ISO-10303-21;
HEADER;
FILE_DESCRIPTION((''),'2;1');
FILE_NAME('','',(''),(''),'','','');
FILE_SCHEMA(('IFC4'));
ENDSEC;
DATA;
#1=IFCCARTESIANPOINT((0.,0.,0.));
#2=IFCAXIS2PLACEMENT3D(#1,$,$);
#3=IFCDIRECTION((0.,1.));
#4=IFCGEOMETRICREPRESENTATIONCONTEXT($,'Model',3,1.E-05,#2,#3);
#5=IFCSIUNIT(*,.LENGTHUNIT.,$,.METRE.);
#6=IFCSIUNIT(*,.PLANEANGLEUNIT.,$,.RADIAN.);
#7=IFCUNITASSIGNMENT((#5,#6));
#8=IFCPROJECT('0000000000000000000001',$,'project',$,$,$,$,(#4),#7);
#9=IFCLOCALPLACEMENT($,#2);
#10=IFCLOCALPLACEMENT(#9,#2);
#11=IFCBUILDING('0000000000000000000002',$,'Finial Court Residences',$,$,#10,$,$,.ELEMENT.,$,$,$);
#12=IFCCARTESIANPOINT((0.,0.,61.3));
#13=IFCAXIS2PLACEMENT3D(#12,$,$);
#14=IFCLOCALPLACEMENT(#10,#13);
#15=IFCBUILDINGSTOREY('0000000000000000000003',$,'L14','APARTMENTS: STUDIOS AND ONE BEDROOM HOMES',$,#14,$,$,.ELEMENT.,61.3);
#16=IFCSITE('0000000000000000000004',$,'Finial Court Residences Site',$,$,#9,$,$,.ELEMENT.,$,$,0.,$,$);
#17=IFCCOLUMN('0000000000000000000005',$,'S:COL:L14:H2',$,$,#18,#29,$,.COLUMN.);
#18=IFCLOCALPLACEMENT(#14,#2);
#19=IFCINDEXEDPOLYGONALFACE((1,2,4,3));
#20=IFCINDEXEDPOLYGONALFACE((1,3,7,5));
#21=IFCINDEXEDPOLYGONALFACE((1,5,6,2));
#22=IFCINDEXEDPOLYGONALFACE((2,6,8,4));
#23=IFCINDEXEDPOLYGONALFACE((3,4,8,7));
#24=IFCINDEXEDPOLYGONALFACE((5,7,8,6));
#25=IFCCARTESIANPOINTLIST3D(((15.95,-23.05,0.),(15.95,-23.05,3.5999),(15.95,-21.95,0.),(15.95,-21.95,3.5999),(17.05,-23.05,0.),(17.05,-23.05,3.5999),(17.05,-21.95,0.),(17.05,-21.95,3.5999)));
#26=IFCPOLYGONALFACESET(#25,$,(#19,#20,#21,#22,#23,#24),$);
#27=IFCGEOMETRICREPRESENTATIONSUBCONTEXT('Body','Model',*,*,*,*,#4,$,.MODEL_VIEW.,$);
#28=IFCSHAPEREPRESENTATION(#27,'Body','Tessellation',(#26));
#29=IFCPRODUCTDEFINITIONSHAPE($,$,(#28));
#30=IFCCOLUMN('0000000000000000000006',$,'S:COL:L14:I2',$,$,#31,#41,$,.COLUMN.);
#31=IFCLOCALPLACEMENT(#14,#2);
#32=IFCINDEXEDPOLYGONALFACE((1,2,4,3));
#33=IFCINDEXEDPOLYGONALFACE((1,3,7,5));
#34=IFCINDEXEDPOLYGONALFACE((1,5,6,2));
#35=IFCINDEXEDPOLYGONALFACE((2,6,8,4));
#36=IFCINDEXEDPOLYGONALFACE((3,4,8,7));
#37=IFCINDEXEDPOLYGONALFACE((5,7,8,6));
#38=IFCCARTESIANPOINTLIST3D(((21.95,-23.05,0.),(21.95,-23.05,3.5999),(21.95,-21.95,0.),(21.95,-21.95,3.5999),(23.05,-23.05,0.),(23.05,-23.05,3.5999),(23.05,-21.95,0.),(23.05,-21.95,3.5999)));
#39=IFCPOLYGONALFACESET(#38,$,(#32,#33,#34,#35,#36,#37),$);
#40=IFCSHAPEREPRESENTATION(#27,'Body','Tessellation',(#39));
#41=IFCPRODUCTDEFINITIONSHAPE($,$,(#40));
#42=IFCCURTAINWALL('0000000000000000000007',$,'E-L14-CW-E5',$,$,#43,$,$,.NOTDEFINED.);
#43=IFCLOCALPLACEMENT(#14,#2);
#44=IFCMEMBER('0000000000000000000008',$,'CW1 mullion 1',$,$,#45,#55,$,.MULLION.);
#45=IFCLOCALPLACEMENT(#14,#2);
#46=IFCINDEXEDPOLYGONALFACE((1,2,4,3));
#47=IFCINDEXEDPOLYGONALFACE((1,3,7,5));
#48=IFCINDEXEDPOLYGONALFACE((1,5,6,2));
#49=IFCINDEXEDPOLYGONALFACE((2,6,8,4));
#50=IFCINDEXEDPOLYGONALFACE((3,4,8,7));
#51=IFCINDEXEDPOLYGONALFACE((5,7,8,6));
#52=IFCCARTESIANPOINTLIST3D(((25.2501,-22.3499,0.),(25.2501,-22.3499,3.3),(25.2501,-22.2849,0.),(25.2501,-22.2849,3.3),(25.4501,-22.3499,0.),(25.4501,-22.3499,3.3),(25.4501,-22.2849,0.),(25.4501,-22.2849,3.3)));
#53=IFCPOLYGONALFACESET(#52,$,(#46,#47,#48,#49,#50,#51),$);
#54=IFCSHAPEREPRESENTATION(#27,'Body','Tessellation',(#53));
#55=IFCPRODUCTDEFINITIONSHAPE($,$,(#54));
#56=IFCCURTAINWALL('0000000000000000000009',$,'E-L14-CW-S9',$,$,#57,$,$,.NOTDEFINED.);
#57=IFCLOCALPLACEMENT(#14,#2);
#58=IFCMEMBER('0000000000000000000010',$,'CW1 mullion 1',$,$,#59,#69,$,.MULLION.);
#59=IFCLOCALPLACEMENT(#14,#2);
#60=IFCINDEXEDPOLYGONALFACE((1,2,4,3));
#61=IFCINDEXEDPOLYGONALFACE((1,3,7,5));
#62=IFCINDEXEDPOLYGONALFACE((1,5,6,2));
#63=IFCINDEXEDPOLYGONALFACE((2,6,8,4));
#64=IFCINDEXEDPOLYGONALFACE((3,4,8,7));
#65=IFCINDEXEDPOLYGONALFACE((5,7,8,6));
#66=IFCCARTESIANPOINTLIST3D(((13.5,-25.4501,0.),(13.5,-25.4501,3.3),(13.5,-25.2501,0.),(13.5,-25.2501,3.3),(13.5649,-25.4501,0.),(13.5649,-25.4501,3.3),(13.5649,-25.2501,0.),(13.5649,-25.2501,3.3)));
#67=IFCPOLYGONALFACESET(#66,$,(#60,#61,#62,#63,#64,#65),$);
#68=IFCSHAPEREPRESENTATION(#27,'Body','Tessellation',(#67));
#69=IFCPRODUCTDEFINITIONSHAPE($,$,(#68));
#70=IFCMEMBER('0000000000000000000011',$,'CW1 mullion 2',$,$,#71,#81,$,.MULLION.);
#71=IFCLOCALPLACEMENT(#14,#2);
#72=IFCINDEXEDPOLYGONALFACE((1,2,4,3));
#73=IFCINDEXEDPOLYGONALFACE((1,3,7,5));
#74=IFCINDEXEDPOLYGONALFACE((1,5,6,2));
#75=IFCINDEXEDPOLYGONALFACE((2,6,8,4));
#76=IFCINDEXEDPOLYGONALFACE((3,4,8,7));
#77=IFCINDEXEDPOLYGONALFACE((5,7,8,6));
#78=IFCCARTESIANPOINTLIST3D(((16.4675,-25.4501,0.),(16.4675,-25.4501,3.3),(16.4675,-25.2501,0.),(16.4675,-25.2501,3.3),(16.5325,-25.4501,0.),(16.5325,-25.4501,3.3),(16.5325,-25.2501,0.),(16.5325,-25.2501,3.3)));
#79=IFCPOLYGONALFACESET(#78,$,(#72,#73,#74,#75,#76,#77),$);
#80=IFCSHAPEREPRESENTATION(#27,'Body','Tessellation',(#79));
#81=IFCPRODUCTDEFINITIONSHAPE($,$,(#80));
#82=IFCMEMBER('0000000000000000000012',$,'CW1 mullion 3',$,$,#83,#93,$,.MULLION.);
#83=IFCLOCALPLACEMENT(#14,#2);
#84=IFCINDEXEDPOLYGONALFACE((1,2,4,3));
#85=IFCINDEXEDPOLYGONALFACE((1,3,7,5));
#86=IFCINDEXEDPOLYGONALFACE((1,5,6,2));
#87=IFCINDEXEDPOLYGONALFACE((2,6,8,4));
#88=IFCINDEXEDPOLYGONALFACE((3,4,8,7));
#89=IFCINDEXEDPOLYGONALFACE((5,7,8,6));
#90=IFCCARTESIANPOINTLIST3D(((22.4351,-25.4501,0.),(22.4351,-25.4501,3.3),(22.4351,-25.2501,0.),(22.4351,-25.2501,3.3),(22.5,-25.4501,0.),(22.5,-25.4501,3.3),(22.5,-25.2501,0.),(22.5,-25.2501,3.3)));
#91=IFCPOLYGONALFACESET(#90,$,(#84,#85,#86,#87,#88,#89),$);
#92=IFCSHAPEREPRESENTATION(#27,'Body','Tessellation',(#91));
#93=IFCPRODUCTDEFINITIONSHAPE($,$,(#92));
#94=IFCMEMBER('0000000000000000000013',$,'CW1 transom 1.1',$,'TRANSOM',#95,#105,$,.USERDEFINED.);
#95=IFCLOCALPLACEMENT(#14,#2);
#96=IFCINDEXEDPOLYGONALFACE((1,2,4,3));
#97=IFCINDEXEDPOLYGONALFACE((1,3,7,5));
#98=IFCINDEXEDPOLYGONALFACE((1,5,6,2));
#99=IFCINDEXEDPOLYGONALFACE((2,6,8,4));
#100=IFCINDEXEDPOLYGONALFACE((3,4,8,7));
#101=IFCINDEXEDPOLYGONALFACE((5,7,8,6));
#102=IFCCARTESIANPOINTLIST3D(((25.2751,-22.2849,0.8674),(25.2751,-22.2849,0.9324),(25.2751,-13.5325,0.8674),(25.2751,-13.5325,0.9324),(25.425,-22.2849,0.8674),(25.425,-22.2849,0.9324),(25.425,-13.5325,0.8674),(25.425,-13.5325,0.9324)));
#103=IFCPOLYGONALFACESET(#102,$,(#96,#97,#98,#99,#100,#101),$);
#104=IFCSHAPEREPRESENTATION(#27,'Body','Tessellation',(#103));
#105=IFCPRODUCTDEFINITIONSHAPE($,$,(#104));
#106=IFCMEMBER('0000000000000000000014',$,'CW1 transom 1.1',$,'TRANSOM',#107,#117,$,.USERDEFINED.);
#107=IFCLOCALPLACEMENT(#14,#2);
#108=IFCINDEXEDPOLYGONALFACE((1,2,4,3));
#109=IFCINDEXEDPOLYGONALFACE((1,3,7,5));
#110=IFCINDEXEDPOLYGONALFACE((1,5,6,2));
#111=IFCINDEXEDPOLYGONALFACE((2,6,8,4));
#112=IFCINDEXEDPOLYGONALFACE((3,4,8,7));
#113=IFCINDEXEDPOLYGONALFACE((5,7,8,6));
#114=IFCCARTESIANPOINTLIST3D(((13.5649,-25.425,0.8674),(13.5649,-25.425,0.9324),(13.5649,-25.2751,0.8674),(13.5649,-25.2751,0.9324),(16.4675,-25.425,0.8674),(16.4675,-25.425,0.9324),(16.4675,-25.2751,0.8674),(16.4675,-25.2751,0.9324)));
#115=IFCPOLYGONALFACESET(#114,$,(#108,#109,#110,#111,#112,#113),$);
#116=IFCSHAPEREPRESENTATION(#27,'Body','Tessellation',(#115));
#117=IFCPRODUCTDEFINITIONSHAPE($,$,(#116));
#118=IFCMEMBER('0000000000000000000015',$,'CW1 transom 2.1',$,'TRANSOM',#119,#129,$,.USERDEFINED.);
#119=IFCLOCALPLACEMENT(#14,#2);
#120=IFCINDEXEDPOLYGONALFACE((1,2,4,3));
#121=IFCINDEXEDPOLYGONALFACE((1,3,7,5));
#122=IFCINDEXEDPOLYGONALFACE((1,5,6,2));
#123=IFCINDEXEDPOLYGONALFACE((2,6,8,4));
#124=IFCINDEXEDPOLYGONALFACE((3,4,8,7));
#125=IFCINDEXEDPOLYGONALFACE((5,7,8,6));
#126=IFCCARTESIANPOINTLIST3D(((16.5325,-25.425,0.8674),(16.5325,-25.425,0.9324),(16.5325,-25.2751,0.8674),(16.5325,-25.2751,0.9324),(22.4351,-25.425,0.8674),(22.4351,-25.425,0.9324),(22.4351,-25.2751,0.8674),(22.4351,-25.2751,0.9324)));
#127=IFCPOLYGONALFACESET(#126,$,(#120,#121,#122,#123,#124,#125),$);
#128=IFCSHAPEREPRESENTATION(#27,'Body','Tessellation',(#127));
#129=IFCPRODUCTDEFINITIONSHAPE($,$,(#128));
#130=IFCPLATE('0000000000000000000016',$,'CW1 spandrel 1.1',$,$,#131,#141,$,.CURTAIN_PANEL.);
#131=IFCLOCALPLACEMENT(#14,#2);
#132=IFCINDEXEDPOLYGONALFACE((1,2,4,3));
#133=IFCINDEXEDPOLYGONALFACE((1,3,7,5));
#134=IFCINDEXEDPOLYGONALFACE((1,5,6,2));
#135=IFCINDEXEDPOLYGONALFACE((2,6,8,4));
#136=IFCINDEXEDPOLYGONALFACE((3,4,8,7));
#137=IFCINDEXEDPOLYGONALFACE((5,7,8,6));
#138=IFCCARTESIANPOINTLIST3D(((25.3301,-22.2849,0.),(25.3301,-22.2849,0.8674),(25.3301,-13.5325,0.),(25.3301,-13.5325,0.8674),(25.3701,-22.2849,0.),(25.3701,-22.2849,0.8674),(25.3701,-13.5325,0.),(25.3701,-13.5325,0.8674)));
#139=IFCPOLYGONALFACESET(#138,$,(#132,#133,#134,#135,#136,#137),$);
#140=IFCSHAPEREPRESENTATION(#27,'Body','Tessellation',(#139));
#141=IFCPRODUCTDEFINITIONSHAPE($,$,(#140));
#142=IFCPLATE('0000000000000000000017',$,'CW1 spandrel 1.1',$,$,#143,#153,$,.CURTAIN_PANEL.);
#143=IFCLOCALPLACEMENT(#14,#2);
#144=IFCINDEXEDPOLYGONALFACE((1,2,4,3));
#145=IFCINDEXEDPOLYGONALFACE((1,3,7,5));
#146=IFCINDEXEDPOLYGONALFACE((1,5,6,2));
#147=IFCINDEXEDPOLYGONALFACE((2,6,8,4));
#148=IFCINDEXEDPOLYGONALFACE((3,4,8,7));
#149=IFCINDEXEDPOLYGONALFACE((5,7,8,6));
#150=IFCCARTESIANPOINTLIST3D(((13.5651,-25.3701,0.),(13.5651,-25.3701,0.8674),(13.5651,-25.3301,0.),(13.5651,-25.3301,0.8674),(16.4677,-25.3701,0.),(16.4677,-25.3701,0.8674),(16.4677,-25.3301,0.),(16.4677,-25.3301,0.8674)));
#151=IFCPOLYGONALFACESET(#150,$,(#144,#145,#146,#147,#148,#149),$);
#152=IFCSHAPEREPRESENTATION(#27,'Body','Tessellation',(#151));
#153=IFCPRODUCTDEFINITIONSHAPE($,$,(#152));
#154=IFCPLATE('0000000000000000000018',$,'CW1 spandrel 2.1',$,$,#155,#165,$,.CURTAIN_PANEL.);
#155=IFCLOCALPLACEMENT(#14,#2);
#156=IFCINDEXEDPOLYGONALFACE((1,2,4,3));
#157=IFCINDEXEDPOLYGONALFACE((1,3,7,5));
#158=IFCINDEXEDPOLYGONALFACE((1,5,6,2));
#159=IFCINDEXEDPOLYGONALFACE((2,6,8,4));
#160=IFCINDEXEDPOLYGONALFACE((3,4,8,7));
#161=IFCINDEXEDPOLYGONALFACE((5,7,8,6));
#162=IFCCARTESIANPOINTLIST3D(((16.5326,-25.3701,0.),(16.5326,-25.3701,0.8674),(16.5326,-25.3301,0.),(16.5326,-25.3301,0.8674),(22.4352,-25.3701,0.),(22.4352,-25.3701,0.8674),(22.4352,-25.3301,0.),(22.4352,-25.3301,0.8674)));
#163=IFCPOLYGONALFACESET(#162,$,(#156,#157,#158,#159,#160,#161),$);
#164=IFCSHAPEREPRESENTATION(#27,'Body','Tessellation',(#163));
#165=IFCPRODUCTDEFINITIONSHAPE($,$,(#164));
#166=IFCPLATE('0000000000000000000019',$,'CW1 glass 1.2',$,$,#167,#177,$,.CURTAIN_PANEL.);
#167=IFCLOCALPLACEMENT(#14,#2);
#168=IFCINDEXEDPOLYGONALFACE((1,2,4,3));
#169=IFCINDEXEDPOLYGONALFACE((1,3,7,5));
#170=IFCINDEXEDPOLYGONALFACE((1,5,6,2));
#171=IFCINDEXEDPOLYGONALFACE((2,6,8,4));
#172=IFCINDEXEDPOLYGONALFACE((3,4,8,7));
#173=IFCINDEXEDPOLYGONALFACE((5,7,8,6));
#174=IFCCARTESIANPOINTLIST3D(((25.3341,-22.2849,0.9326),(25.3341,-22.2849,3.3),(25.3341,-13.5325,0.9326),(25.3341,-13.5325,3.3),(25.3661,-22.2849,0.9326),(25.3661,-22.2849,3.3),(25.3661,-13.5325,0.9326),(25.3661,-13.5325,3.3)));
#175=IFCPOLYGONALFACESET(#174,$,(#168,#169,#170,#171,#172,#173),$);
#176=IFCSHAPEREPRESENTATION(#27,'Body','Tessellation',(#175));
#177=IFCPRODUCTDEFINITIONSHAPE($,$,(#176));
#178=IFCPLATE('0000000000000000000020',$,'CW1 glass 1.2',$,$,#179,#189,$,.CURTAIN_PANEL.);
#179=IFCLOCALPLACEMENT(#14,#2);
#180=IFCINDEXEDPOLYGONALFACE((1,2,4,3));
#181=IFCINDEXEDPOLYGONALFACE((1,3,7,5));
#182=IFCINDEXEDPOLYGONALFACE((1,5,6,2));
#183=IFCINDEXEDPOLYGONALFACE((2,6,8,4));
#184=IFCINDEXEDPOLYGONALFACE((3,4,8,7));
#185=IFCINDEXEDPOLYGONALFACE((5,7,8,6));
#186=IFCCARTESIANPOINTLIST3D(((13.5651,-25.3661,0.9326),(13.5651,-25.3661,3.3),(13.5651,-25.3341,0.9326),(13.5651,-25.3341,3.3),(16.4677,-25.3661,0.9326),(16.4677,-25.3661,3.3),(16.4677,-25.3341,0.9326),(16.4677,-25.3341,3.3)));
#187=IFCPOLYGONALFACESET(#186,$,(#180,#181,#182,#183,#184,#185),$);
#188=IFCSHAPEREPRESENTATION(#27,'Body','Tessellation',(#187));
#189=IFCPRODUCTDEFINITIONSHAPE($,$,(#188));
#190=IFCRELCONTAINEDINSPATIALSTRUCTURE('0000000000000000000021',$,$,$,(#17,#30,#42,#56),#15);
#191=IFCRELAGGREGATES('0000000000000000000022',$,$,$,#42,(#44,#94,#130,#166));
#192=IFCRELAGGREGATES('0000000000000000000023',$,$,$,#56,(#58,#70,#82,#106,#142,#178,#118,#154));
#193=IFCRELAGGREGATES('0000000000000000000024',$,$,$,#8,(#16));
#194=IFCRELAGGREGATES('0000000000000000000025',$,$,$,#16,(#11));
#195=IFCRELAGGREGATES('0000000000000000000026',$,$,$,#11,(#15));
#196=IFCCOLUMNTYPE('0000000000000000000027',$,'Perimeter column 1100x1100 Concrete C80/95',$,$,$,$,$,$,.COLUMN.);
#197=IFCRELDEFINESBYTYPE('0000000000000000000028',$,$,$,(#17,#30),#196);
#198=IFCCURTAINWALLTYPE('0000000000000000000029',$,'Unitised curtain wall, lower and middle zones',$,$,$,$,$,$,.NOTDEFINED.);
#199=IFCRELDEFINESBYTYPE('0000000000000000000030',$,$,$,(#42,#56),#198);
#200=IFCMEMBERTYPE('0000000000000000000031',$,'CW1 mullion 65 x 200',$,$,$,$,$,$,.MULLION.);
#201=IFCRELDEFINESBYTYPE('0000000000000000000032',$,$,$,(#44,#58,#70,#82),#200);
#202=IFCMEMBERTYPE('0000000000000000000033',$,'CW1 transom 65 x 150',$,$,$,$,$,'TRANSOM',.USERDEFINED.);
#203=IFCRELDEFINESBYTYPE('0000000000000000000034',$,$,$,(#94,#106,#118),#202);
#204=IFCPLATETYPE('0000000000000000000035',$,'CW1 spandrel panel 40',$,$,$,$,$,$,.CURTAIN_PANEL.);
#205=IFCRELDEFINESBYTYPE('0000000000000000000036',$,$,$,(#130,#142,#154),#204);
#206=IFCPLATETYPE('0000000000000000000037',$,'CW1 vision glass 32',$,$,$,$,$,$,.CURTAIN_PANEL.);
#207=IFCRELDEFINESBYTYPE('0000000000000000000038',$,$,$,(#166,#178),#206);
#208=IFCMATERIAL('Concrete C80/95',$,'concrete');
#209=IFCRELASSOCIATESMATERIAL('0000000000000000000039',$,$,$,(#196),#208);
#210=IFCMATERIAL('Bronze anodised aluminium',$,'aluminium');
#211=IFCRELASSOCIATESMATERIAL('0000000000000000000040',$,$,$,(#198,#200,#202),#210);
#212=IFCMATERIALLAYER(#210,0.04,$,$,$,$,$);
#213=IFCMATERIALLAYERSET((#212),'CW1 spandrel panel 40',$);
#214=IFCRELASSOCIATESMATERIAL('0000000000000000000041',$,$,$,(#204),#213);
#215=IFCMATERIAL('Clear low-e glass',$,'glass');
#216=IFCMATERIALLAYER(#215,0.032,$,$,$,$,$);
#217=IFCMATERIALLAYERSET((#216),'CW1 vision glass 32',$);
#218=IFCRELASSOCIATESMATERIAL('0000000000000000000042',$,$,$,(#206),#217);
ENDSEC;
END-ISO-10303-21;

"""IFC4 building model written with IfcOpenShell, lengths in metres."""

from ifc_helpers import new_model, si_unit, direction, frame, origin, origin_2d, place, context, subcontext, project, spatial, rectangle, extrude, material, layer, layer_set, material_profile, profile_set, type_object, element, aggregate, save


model = new_model("IFC4")

# Units and contexts
model_context = context("Model", 3, precision=1e-05, world=origin(), true_north=direction((0.0, 1.0)))
body_context = subcontext(model_context, "Body", "Model", "MODEL_VIEW")
ifc_project = project(units=[si_unit("LENGTHUNIT", "METRE"), si_unit("PLANEANGLEUNIT", "RADIAN")], contexts=[model_context])

# Site, building, storey
site_placement = place(None, origin())
site = spatial("IfcSite", under=ifc_project, at=site_placement, Name="Finial Court Residences Site", CompositionType="ELEMENT", RefElevation=0.0)
building_placement = place(site_placement, origin())
building = spatial("IfcBuilding", under=site, at=building_placement, Name="Finial Court Residences", CompositionType="ELEMENT")
storey_placement = place(building_placement, frame((0.0, 0.0, 61.3)))
storey = spatial("IfcBuildingStorey", under=building, at=storey_placement, Name="L14", Description="APARTMENTS: STUDIOS AND ONE BEDROOM HOMES", CompositionType="ELEMENT", Elevation=61.3)

# Columns
ifc_material_1 = material(Name="Concrete C80/95", Category="concrete")
ifc_material_profile_1 = material_profile(ifc_material_1, rectangle(XDim=1.1001, YDim=1.1001, at=origin_2d()), Name="1100x1100")
ifc_profile_set_1 = profile_set([ifc_material_profile_1], Name="Concrete C80/95")
column_type = type_object("IfcColumnType", Name="Perimeter column 1100x1100 Concrete C80/95", PredefinedType="COLUMN", material=ifc_profile_set_1)
for number, where, z_axis, x_axis, name in (
    (1, (16.5, -22.5, 0.0), (0.0, 0.0, 1.0), (1.0, 0.0, 0.0), "S:COL:L14:H2"),
    (2, (22.5, -22.5, 0.0), (0.0, 0.0, 1.0), (1.0, 0.0, 0.0), "S:COL:L14:I2"),
):
    element("IfcColumn", number, at=place(storey_placement, frame(where, z_axis=z_axis, x_axis=x_axis)), inside=storey, type_object=column_type, Name=name, PredefinedType="COLUMN", context=body_context, shape_type="SweptSolid", body=[
        extrude(rectangle(XDim=1.1001, YDim=1.1001, at=origin_2d()), origin(), (0.0, 0.0, 1.0), 3.5999),
    ])

# Curtain wall, member
ifc_material_2 = material(Name="Bronze anodised aluminium", Category="aluminium")
curtain_wall_type = type_object("IfcCurtainWallType", Name="Unitised curtain wall, lower and middle zones", PredefinedType="NOTDEFINED", material=ifc_material_2)
curtain_wall_1_placement = place(storey_placement, origin())
curtain_wall_1 = element("IfcCurtainWall", 3, at=curtain_wall_1_placement, inside=storey, type_object=curtain_wall_type, Name="E-L14-CW-E5", PredefinedType="NOTDEFINED")
ifc_material_profile_2 = material_profile(ifc_material_2, rectangle(XDim=0.2, YDim=0.0649, at=origin_2d()), Name="CW1 mullion 65 x 200")
ifc_profile_set_2 = profile_set([ifc_material_profile_2], Name="Bronze anodised aluminium")
member_type_1 = type_object("IfcMemberType", Name="CW1 mullion 65 x 200", PredefinedType="MULLION", material=ifc_profile_set_2)
member_1_placement = place(storey_placement, frame((25.3501, -22.3174, 0.0), z_axis=(0.0, 0.0, 1.0), x_axis=(-1.0, 0.0, 0.0)))
member_1 = element("IfcMember", 4, at=member_1_placement, type_object=member_type_1, Name="CW1 mullion 1", PredefinedType="MULLION", context=body_context, shape_type="SweptSolid", body=[
    extrude(rectangle(XDim=0.2, YDim=0.0649, at=origin_2d()), origin(), (0.0, 0.0, 1.0), 3.3),
])

# Curtain wall, members
curtain_wall_2_placement = place(storey_placement, origin())
curtain_wall_2 = element("IfcCurtainWall", 5, at=curtain_wall_2_placement, inside=storey, type_object=curtain_wall_type, Name="E-L14-CW-S9", PredefinedType="NOTDEFINED")
member_2_placement = place(storey_placement, frame((13.5325, -25.3501, 0.0), z_axis=(0.0, 0.0, 1.0), x_axis=(0.0, 1.0, 0.0)))
member_2 = element("IfcMember", 6, at=member_2_placement, type_object=member_type_1, Name="CW1 mullion 1", PredefinedType="MULLION", context=body_context, shape_type="SweptSolid", body=[
    extrude(rectangle(XDim=0.2, YDim=0.0649, at=origin_2d()), origin(), (0.0, 0.0, 1.0), 3.3),
])
member_3_placement = place(storey_placement, frame((16.5, -25.3501, 0.0), z_axis=(0.0, 0.0, 1.0), x_axis=(0.0, 1.0, 0.0)))
member_3 = element("IfcMember", 7, at=member_3_placement, type_object=member_type_1, Name="CW1 mullion 2", PredefinedType="MULLION", context=body_context, shape_type="SweptSolid", body=[
    extrude(rectangle(XDim=0.2, YDim=0.0649, at=origin_2d()), origin(), (0.0, 0.0, 1.0), 3.3),
])
member_4_placement = place(storey_placement, frame((22.4675, -25.3501, 0.0), z_axis=(0.0, 0.0, 1.0), x_axis=(0.0, 1.0, 0.0)))
member_4 = element("IfcMember", 8, at=member_4_placement, type_object=member_type_1, Name="CW1 mullion 3", PredefinedType="MULLION", context=body_context, shape_type="SweptSolid", body=[
    extrude(rectangle(XDim=0.2, YDim=0.0649, at=origin_2d()), origin(), (0.0, 0.0, 1.0), 3.3),
])

# Members
ifc_material_profile_3 = material_profile(ifc_material_2, rectangle(XDim=0.1499, YDim=0.0649, at=origin_2d()), Name="CW1 transom 65 x 150")
ifc_profile_set_3 = profile_set([ifc_material_profile_3], Name="Bronze anodised aluminium")
member_type_2 = type_object("IfcMemberType", Name="CW1 transom 65 x 150", ElementType="TRANSOM", PredefinedType="USERDEFINED", material=ifc_profile_set_3)
member_5_placement = place(storey_placement, frame((25.3501, -22.2849, 0.8999), z_axis=(0.0, 1.0, 0.0), x_axis=(-1.0, 0.0, 0.0)))
member_5 = element("IfcMember", 9, at=member_5_placement, type_object=member_type_2, Name="CW1 transom 1.1", ObjectType="TRANSOM", PredefinedType="USERDEFINED", context=body_context, shape_type="SweptSolid", body=[
    extrude(rectangle(XDim=0.1499, YDim=0.0649, at=origin_2d()), origin(), (0.0, 0.0, 1.0), 8.7524),
])
member_6_placement = place(storey_placement, frame((13.5649, -25.3501, 0.8999), z_axis=(1.0, 0.0, 0.0), x_axis=(0.0, 1.0, 0.0)))
member_6 = element("IfcMember", 10, at=member_6_placement, type_object=member_type_2, Name="CW1 transom 1.1", ObjectType="TRANSOM", PredefinedType="USERDEFINED", context=body_context, shape_type="SweptSolid", body=[
    extrude(rectangle(XDim=0.1499, YDim=0.0649, at=origin_2d()), origin(), (0.0, 0.0, 1.0), 2.9026),
])
member_7_placement = place(storey_placement, frame((16.5325, -25.3501, 0.8999), z_axis=(1.0, 0.0, 0.0), x_axis=(0.0, 1.0, 0.0)))
member_7 = element("IfcMember", 11, at=member_7_placement, type_object=member_type_2, Name="CW1 transom 2.1", ObjectType="TRANSOM", PredefinedType="USERDEFINED", context=body_context, shape_type="SweptSolid", body=[
    extrude(rectangle(XDim=0.1499, YDim=0.0649, at=origin_2d()), origin(), (0.0, 0.0, 1.0), 5.9026),
])

# Plates
ifc_layer_1 = layer(ifc_material_2, 0.04)
ifc_layer_set_1 = layer_set([ifc_layer_1], Name="CW1 spandrel panel 40")
plate_type_1 = type_object("IfcPlateType", Name="CW1 spandrel panel 40", PredefinedType="CURTAIN_PANEL", material=ifc_layer_set_1)
plate_1_placement = place(storey_placement, frame((25.3501, -17.9087, 0.0), z_axis=(0.0, 0.0, 1.0), x_axis=(0.0, 1.0, 0.0)))
plate_1 = element("IfcPlate", 12, at=plate_1_placement, type_object=plate_type_1, Name="CW1 spandrel 1.1", PredefinedType="CURTAIN_PANEL", context=body_context, shape_type="SweptSolid", body=[
    extrude(rectangle(XDim=8.7524, YDim=0.04, at=origin_2d()), origin(), (0.0, 0.0, 1.0), 0.8674),
])
plate_2_placement = place(storey_placement, frame((15.0164, -25.3501, 0.0), z_axis=(0.0, 0.0, 1.0), x_axis=(1.0, 0.0, 0.0)))
plate_2 = element("IfcPlate", 13, at=plate_2_placement, type_object=plate_type_1, Name="CW1 spandrel 1.1", PredefinedType="CURTAIN_PANEL", context=body_context, shape_type="SweptSolid", body=[
    extrude(rectangle(XDim=2.9026, YDim=0.04, at=origin_2d()), origin(), (0.0, 0.0, 1.0), 0.8674),
])
plate_3_placement = place(storey_placement, frame((19.4839, -25.3501, 0.0), z_axis=(0.0, 0.0, 1.0), x_axis=(1.0, 0.0, 0.0)))
plate_3 = element("IfcPlate", 14, at=plate_3_placement, type_object=plate_type_1, Name="CW1 spandrel 2.1", PredefinedType="CURTAIN_PANEL", context=body_context, shape_type="SweptSolid", body=[
    extrude(rectangle(XDim=5.9026, YDim=0.04, at=origin_2d()), origin(), (0.0, 0.0, 1.0), 0.8674),
])
ifc_material_3 = material(Name="Clear low-e glass", Category="glass")
ifc_layer_2 = layer(ifc_material_3, 0.032)
ifc_layer_set_2 = layer_set([ifc_layer_2], Name="CW1 vision glass 32")
plate_type_2 = type_object("IfcPlateType", Name="CW1 vision glass 32", PredefinedType="CURTAIN_PANEL", material=ifc_layer_set_2)
plate_4_placement = place(storey_placement, frame((25.3501, -17.9087, 0.9326), z_axis=(0.0, 0.0, 1.0), x_axis=(0.0, 1.0, 0.0)))
plate_4 = element("IfcPlate", 15, at=plate_4_placement, type_object=plate_type_2, Name="CW1 glass 1.2", PredefinedType="CURTAIN_PANEL", context=body_context, shape_type="SweptSolid", body=[
    extrude(rectangle(XDim=8.7524, YDim=0.032, at=origin_2d()), origin(), (0.0, 0.0, 1.0), 2.3674),
])
aggregate(curtain_wall_1, [member_1, member_5, plate_1, plate_4])
plate_5_placement = place(storey_placement, frame((15.0164, -25.3501, 0.9326), z_axis=(0.0, 0.0, 1.0), x_axis=(1.0, 0.0, 0.0)))
plate_5 = element("IfcPlate", 16, at=plate_5_placement, type_object=plate_type_2, Name="CW1 glass 1.2", PredefinedType="CURTAIN_PANEL", context=body_context, shape_type="SweptSolid", body=[
    extrude(rectangle(XDim=2.9026, YDim=0.032, at=origin_2d()), origin(), (0.0, 0.0, 1.0), 2.3674),
])
aggregate(curtain_wall_2, [member_2, member_3, member_4, member_6, plate_2, plate_5, member_7, plate_3])

save(model, "model.ifc")
